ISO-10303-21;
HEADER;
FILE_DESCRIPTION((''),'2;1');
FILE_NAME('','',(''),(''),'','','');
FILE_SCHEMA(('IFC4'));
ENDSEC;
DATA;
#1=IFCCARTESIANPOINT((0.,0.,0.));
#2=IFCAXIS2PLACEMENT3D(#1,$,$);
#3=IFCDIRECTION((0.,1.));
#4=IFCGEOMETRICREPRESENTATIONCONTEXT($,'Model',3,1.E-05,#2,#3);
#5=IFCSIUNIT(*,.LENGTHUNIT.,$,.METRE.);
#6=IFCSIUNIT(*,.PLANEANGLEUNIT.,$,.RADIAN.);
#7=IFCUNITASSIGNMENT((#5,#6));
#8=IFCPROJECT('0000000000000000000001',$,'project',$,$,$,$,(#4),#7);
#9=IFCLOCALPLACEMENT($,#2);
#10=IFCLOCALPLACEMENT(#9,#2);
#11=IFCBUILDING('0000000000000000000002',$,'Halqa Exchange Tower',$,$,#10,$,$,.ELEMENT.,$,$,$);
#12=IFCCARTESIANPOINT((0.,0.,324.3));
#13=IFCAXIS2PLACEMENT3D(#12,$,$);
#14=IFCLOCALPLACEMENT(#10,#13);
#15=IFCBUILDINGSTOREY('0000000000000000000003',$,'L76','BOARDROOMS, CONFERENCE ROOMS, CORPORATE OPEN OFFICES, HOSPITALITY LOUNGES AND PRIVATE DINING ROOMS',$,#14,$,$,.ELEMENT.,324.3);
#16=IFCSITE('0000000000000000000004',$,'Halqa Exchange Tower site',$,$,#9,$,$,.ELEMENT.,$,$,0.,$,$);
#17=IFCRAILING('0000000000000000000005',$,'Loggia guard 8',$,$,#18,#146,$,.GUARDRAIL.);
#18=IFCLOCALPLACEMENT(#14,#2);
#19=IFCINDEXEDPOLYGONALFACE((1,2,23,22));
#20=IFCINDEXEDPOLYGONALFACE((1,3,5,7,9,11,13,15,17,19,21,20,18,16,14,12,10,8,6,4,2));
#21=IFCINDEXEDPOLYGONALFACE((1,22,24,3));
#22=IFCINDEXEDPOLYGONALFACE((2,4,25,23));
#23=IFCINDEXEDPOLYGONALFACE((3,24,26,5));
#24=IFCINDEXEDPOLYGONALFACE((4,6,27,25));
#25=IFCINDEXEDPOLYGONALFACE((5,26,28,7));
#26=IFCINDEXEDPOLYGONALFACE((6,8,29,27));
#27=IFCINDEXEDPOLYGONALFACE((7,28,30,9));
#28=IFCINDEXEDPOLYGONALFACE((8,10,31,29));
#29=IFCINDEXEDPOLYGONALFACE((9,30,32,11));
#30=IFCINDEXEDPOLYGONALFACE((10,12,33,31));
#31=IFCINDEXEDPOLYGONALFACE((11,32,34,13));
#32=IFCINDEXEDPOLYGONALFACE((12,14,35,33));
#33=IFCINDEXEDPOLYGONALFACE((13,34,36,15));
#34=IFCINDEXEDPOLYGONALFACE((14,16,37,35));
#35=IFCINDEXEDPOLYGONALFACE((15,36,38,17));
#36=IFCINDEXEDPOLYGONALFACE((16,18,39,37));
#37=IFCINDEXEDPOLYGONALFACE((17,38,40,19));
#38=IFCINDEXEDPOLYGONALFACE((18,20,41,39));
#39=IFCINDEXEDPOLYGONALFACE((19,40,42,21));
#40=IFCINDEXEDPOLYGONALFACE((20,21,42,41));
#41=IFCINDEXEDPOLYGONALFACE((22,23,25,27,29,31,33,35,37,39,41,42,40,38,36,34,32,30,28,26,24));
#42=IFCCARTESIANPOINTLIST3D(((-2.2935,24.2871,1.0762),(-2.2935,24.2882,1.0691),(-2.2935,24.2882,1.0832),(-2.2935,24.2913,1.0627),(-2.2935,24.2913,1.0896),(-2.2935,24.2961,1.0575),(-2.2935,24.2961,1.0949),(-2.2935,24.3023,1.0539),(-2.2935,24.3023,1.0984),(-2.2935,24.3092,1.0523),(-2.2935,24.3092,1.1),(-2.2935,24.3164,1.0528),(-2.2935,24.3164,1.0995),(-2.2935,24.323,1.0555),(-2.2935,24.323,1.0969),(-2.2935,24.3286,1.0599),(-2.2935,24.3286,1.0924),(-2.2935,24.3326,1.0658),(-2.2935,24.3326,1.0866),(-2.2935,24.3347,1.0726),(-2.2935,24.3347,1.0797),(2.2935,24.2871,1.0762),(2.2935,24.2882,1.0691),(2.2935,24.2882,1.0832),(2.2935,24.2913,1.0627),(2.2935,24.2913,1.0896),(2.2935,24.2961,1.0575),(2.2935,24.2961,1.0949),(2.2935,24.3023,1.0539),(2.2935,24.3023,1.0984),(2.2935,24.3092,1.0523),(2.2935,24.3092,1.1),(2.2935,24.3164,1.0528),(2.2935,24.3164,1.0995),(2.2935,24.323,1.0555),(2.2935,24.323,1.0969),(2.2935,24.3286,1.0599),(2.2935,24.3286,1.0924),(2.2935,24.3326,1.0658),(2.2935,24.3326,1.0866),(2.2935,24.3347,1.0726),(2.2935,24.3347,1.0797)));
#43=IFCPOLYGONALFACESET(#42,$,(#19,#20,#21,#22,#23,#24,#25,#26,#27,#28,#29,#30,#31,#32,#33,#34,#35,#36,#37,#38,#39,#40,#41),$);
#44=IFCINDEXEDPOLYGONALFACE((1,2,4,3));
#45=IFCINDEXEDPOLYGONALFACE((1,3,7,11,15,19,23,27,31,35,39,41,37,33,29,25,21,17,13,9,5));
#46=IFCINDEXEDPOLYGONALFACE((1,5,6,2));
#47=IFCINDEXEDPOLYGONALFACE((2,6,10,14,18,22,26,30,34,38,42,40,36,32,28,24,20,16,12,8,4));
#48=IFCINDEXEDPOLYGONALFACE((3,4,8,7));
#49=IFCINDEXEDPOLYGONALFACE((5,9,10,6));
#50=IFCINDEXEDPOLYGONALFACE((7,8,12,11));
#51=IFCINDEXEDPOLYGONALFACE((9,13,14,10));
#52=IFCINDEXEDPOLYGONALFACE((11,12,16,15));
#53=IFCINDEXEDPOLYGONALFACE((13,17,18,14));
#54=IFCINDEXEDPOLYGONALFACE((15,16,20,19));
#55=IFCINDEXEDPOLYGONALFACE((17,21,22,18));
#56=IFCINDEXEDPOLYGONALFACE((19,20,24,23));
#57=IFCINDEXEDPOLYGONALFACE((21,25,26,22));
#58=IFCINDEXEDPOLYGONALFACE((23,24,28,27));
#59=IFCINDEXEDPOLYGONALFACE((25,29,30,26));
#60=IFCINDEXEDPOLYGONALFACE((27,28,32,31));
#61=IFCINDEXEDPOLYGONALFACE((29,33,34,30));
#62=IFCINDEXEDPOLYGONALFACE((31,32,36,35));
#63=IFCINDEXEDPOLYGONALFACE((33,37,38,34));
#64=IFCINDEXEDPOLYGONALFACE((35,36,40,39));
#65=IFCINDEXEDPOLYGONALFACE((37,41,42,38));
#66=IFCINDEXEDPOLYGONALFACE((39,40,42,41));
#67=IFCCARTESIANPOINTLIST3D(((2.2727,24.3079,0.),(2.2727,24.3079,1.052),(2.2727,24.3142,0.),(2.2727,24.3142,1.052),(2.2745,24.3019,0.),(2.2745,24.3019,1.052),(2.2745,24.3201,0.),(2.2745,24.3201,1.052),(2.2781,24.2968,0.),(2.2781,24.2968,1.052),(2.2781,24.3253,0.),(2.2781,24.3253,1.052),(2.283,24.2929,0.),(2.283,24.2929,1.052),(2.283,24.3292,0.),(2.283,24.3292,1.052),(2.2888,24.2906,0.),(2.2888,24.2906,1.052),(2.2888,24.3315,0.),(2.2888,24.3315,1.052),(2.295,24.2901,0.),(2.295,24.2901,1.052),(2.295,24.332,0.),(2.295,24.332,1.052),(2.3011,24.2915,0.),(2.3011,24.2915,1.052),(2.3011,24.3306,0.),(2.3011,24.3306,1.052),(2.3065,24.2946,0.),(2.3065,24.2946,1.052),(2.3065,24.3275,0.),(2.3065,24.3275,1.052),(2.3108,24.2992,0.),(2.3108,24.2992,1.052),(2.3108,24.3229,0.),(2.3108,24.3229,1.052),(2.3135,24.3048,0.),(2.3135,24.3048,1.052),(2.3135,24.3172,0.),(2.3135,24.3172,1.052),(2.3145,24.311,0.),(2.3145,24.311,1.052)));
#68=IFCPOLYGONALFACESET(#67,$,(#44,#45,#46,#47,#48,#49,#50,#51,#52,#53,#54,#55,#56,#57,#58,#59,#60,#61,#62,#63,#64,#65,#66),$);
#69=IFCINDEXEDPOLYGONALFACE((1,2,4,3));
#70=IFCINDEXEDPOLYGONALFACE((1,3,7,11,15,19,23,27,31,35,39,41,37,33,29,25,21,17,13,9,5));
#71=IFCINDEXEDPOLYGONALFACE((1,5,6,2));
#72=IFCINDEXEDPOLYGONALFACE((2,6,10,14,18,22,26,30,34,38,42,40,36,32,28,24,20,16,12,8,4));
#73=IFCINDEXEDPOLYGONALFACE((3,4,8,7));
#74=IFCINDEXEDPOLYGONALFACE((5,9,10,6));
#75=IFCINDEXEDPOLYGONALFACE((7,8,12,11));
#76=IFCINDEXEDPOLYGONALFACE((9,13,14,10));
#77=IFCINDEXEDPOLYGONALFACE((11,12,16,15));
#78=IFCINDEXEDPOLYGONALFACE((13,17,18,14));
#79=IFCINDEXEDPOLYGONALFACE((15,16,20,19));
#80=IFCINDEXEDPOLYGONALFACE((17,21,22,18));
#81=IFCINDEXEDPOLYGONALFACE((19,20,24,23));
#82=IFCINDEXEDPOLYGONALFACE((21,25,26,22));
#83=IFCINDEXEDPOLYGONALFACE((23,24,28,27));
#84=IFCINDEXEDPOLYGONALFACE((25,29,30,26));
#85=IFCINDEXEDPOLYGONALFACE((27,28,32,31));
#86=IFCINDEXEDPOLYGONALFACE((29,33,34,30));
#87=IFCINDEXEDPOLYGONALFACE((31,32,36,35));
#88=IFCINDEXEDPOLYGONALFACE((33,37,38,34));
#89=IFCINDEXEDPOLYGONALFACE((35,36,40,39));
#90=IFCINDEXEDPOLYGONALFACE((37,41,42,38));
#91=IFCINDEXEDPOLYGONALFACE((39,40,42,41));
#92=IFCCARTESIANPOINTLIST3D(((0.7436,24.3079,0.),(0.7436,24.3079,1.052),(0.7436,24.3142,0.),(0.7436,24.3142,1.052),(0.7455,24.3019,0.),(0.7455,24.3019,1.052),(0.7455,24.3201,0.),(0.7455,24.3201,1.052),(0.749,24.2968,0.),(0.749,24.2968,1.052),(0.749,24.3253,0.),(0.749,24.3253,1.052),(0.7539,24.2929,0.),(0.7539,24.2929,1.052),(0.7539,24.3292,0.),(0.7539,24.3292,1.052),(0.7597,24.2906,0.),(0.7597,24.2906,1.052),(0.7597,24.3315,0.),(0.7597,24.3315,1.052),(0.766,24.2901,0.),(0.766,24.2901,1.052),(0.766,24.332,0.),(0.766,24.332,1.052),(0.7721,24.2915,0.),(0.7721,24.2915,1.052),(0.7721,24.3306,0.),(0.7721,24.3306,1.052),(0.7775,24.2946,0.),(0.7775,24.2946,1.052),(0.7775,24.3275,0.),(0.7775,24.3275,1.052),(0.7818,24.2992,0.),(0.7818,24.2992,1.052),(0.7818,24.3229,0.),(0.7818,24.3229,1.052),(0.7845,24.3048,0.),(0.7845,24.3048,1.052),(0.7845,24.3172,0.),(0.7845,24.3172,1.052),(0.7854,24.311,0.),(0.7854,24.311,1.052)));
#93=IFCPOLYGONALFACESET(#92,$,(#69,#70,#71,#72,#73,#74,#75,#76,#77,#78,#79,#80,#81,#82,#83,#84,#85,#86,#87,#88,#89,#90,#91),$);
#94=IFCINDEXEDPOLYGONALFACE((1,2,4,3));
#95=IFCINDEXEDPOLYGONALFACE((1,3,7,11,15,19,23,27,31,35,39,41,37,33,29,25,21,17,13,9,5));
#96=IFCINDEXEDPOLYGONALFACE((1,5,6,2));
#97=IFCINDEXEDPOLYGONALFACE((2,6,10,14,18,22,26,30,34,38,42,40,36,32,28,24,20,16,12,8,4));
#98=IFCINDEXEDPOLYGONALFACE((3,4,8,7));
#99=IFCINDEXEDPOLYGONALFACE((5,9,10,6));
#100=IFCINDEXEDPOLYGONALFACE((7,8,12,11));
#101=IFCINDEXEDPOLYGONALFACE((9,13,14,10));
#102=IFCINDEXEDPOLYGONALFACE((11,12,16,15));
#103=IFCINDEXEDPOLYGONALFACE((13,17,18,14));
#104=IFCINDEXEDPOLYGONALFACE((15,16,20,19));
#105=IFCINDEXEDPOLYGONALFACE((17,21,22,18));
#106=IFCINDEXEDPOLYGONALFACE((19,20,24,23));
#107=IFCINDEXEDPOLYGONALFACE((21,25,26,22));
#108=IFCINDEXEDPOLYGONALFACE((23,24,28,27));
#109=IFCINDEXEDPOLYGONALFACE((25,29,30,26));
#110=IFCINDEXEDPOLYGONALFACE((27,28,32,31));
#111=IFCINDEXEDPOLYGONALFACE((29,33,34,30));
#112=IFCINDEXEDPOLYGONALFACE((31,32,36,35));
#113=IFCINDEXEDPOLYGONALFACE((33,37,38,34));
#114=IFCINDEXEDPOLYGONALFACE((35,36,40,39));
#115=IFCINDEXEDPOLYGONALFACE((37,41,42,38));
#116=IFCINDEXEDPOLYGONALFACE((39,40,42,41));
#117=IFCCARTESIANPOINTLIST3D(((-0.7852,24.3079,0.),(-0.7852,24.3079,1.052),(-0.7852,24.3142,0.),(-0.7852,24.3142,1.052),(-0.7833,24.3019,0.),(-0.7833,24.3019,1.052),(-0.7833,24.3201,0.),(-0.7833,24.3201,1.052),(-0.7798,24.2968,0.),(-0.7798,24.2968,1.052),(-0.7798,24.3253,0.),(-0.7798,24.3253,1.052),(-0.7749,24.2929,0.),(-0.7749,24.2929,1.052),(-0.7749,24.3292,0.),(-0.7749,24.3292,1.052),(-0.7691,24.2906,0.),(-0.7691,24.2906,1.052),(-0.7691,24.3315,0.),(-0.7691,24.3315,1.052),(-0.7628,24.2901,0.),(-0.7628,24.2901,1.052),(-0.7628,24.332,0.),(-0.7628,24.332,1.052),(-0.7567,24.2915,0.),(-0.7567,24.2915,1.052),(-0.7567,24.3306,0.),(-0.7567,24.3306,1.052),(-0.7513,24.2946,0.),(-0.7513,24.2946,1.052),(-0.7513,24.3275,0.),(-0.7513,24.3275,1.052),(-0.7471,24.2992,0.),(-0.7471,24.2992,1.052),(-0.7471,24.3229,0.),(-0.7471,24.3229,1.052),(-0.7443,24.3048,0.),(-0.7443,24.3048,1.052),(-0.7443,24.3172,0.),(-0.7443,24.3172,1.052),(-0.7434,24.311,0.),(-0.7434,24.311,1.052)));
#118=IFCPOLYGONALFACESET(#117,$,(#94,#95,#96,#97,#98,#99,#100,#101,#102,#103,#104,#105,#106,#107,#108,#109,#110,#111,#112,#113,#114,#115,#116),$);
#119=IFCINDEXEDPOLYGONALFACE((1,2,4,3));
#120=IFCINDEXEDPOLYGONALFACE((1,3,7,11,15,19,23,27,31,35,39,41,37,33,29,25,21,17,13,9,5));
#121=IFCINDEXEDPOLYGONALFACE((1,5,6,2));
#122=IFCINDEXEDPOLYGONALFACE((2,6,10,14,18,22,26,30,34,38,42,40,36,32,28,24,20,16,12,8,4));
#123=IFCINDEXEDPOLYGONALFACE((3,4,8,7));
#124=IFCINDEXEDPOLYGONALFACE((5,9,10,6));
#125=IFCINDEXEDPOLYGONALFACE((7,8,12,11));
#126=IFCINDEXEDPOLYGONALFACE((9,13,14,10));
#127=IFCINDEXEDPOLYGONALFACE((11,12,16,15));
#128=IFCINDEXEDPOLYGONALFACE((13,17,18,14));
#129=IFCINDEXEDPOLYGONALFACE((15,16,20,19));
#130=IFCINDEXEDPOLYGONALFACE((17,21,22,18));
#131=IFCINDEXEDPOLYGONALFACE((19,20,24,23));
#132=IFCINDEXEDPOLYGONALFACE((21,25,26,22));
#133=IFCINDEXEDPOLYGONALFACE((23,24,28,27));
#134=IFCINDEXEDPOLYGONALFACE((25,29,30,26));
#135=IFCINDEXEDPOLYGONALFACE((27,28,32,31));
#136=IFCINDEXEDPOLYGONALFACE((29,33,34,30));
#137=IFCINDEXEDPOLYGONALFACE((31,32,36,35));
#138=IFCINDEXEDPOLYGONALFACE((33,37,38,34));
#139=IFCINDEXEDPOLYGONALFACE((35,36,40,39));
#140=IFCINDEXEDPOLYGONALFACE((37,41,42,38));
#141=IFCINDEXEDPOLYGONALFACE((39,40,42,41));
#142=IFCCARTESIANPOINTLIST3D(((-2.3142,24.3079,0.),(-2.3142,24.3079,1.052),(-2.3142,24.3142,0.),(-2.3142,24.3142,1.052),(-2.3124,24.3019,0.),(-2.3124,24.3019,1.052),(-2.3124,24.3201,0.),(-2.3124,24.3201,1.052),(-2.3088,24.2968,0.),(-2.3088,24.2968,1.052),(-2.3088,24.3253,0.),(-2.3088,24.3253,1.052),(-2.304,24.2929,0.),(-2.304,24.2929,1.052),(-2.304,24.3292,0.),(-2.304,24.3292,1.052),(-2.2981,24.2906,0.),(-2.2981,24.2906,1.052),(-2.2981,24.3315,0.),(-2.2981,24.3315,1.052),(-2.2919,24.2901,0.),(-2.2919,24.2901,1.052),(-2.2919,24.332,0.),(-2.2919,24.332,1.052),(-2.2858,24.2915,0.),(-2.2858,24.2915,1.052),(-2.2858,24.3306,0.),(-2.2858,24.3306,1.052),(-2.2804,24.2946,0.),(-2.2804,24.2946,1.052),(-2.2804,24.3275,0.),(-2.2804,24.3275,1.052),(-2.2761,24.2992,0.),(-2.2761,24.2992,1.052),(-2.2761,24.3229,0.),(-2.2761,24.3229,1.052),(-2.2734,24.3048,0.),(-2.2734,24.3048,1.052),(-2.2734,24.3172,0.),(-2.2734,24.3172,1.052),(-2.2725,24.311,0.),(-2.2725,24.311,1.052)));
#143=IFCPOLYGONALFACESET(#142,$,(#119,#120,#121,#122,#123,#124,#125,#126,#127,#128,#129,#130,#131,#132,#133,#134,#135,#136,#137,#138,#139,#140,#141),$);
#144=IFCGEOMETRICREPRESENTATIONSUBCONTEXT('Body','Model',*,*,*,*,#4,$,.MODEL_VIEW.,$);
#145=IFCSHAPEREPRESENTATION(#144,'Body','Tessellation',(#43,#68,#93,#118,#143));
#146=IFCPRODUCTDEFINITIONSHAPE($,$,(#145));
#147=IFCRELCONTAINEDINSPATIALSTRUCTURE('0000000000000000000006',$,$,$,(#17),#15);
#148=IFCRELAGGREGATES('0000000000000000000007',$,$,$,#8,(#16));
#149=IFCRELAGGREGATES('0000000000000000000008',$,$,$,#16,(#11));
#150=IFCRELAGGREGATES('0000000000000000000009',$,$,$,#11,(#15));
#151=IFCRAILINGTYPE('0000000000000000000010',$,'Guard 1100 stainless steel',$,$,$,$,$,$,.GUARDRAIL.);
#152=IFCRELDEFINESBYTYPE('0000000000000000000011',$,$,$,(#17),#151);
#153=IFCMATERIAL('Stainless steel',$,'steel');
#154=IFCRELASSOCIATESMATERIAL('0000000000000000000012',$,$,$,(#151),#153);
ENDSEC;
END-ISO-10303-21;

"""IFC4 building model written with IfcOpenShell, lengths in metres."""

from ifc_helpers import new_model, si_unit, direction, frame, origin, origin_2d, place, context, subcontext, project, spatial, circle, extrude, material, type_object, element, save


model = new_model("IFC4")

# Units and contexts
model_context = context("Model", 3, precision=1e-05, world=origin(), true_north=direction((0.0, 1.0)))
body_context = subcontext(model_context, "Body", "Model", "MODEL_VIEW")
ifc_project = project(units=[si_unit("LENGTHUNIT", "METRE"), si_unit("PLANEANGLEUNIT", "RADIAN")], contexts=[model_context])

# Site, building, storey
site_placement = place(None, origin())
site = spatial("IfcSite", under=ifc_project, at=site_placement, Name="Halqa Exchange Tower site", CompositionType="ELEMENT", RefElevation=0.0)
building_placement = place(site_placement, origin())
building = spatial("IfcBuilding", under=site, at=building_placement, Name="Halqa Exchange Tower", CompositionType="ELEMENT")
storey_placement = place(building_placement, frame((0.0, 0.0, 324.3)))
storey = spatial("IfcBuildingStorey", under=building, at=storey_placement, Name="L76", Description="BOARDROOMS, CONFERENCE ROOMS, CORPORATE OPEN OFFICES, HOSPITALITY LOUNGES AND PRIVATE DINING ROOMS", CompositionType="ELEMENT", Elevation=324.3)

# Railing
ifc_material_1 = material(Name="Stainless steel", Category="steel")
railing_type_1 = type_object("IfcRailingType", Name="Guard 1100 stainless steel", PredefinedType="GUARDRAIL", material=ifc_material_1)
railing_1_placement = place(storey_placement, frame((2.2935, 24.311, 0.0)))
element("IfcRailing", 1, at=railing_1_placement, inside=storey, type_object=railing_type_1, Name="Loggia guard 8", PredefinedType="GUARDRAIL", context=body_context, shape_type="SweptSolid", body=[
    extrude(circle(Radius=0.0239, at=origin_2d()), frame((0.0, 0.0, 1.0762), z_axis=(-1.0, 0.0, 0.0), x_axis=(0.0, -1.0, 0.0)), (0.0, 0.0, 1.0), 4.5869),
    extrude(circle(Radius=0.021, at=origin_2d()), origin(), (0.0, 0.0, 1.0), 1.052),
    extrude(circle(Radius=0.021, at=origin_2d()), frame((-1.5291, 0.0, 0.0)), (0.0, 0.0, 1.0), 1.052),
    extrude(circle(Radius=0.021, at=origin_2d()), frame((-3.0579, 0.0, 0.0)), (0.0, 0.0, 1.0), 1.052),
    extrude(circle(Radius=0.021, at=origin_2d()), frame((-4.5869, 0.0, 0.0)), (0.0, 0.0, 1.0), 1.052),
])

save(model, "model.ifc")
